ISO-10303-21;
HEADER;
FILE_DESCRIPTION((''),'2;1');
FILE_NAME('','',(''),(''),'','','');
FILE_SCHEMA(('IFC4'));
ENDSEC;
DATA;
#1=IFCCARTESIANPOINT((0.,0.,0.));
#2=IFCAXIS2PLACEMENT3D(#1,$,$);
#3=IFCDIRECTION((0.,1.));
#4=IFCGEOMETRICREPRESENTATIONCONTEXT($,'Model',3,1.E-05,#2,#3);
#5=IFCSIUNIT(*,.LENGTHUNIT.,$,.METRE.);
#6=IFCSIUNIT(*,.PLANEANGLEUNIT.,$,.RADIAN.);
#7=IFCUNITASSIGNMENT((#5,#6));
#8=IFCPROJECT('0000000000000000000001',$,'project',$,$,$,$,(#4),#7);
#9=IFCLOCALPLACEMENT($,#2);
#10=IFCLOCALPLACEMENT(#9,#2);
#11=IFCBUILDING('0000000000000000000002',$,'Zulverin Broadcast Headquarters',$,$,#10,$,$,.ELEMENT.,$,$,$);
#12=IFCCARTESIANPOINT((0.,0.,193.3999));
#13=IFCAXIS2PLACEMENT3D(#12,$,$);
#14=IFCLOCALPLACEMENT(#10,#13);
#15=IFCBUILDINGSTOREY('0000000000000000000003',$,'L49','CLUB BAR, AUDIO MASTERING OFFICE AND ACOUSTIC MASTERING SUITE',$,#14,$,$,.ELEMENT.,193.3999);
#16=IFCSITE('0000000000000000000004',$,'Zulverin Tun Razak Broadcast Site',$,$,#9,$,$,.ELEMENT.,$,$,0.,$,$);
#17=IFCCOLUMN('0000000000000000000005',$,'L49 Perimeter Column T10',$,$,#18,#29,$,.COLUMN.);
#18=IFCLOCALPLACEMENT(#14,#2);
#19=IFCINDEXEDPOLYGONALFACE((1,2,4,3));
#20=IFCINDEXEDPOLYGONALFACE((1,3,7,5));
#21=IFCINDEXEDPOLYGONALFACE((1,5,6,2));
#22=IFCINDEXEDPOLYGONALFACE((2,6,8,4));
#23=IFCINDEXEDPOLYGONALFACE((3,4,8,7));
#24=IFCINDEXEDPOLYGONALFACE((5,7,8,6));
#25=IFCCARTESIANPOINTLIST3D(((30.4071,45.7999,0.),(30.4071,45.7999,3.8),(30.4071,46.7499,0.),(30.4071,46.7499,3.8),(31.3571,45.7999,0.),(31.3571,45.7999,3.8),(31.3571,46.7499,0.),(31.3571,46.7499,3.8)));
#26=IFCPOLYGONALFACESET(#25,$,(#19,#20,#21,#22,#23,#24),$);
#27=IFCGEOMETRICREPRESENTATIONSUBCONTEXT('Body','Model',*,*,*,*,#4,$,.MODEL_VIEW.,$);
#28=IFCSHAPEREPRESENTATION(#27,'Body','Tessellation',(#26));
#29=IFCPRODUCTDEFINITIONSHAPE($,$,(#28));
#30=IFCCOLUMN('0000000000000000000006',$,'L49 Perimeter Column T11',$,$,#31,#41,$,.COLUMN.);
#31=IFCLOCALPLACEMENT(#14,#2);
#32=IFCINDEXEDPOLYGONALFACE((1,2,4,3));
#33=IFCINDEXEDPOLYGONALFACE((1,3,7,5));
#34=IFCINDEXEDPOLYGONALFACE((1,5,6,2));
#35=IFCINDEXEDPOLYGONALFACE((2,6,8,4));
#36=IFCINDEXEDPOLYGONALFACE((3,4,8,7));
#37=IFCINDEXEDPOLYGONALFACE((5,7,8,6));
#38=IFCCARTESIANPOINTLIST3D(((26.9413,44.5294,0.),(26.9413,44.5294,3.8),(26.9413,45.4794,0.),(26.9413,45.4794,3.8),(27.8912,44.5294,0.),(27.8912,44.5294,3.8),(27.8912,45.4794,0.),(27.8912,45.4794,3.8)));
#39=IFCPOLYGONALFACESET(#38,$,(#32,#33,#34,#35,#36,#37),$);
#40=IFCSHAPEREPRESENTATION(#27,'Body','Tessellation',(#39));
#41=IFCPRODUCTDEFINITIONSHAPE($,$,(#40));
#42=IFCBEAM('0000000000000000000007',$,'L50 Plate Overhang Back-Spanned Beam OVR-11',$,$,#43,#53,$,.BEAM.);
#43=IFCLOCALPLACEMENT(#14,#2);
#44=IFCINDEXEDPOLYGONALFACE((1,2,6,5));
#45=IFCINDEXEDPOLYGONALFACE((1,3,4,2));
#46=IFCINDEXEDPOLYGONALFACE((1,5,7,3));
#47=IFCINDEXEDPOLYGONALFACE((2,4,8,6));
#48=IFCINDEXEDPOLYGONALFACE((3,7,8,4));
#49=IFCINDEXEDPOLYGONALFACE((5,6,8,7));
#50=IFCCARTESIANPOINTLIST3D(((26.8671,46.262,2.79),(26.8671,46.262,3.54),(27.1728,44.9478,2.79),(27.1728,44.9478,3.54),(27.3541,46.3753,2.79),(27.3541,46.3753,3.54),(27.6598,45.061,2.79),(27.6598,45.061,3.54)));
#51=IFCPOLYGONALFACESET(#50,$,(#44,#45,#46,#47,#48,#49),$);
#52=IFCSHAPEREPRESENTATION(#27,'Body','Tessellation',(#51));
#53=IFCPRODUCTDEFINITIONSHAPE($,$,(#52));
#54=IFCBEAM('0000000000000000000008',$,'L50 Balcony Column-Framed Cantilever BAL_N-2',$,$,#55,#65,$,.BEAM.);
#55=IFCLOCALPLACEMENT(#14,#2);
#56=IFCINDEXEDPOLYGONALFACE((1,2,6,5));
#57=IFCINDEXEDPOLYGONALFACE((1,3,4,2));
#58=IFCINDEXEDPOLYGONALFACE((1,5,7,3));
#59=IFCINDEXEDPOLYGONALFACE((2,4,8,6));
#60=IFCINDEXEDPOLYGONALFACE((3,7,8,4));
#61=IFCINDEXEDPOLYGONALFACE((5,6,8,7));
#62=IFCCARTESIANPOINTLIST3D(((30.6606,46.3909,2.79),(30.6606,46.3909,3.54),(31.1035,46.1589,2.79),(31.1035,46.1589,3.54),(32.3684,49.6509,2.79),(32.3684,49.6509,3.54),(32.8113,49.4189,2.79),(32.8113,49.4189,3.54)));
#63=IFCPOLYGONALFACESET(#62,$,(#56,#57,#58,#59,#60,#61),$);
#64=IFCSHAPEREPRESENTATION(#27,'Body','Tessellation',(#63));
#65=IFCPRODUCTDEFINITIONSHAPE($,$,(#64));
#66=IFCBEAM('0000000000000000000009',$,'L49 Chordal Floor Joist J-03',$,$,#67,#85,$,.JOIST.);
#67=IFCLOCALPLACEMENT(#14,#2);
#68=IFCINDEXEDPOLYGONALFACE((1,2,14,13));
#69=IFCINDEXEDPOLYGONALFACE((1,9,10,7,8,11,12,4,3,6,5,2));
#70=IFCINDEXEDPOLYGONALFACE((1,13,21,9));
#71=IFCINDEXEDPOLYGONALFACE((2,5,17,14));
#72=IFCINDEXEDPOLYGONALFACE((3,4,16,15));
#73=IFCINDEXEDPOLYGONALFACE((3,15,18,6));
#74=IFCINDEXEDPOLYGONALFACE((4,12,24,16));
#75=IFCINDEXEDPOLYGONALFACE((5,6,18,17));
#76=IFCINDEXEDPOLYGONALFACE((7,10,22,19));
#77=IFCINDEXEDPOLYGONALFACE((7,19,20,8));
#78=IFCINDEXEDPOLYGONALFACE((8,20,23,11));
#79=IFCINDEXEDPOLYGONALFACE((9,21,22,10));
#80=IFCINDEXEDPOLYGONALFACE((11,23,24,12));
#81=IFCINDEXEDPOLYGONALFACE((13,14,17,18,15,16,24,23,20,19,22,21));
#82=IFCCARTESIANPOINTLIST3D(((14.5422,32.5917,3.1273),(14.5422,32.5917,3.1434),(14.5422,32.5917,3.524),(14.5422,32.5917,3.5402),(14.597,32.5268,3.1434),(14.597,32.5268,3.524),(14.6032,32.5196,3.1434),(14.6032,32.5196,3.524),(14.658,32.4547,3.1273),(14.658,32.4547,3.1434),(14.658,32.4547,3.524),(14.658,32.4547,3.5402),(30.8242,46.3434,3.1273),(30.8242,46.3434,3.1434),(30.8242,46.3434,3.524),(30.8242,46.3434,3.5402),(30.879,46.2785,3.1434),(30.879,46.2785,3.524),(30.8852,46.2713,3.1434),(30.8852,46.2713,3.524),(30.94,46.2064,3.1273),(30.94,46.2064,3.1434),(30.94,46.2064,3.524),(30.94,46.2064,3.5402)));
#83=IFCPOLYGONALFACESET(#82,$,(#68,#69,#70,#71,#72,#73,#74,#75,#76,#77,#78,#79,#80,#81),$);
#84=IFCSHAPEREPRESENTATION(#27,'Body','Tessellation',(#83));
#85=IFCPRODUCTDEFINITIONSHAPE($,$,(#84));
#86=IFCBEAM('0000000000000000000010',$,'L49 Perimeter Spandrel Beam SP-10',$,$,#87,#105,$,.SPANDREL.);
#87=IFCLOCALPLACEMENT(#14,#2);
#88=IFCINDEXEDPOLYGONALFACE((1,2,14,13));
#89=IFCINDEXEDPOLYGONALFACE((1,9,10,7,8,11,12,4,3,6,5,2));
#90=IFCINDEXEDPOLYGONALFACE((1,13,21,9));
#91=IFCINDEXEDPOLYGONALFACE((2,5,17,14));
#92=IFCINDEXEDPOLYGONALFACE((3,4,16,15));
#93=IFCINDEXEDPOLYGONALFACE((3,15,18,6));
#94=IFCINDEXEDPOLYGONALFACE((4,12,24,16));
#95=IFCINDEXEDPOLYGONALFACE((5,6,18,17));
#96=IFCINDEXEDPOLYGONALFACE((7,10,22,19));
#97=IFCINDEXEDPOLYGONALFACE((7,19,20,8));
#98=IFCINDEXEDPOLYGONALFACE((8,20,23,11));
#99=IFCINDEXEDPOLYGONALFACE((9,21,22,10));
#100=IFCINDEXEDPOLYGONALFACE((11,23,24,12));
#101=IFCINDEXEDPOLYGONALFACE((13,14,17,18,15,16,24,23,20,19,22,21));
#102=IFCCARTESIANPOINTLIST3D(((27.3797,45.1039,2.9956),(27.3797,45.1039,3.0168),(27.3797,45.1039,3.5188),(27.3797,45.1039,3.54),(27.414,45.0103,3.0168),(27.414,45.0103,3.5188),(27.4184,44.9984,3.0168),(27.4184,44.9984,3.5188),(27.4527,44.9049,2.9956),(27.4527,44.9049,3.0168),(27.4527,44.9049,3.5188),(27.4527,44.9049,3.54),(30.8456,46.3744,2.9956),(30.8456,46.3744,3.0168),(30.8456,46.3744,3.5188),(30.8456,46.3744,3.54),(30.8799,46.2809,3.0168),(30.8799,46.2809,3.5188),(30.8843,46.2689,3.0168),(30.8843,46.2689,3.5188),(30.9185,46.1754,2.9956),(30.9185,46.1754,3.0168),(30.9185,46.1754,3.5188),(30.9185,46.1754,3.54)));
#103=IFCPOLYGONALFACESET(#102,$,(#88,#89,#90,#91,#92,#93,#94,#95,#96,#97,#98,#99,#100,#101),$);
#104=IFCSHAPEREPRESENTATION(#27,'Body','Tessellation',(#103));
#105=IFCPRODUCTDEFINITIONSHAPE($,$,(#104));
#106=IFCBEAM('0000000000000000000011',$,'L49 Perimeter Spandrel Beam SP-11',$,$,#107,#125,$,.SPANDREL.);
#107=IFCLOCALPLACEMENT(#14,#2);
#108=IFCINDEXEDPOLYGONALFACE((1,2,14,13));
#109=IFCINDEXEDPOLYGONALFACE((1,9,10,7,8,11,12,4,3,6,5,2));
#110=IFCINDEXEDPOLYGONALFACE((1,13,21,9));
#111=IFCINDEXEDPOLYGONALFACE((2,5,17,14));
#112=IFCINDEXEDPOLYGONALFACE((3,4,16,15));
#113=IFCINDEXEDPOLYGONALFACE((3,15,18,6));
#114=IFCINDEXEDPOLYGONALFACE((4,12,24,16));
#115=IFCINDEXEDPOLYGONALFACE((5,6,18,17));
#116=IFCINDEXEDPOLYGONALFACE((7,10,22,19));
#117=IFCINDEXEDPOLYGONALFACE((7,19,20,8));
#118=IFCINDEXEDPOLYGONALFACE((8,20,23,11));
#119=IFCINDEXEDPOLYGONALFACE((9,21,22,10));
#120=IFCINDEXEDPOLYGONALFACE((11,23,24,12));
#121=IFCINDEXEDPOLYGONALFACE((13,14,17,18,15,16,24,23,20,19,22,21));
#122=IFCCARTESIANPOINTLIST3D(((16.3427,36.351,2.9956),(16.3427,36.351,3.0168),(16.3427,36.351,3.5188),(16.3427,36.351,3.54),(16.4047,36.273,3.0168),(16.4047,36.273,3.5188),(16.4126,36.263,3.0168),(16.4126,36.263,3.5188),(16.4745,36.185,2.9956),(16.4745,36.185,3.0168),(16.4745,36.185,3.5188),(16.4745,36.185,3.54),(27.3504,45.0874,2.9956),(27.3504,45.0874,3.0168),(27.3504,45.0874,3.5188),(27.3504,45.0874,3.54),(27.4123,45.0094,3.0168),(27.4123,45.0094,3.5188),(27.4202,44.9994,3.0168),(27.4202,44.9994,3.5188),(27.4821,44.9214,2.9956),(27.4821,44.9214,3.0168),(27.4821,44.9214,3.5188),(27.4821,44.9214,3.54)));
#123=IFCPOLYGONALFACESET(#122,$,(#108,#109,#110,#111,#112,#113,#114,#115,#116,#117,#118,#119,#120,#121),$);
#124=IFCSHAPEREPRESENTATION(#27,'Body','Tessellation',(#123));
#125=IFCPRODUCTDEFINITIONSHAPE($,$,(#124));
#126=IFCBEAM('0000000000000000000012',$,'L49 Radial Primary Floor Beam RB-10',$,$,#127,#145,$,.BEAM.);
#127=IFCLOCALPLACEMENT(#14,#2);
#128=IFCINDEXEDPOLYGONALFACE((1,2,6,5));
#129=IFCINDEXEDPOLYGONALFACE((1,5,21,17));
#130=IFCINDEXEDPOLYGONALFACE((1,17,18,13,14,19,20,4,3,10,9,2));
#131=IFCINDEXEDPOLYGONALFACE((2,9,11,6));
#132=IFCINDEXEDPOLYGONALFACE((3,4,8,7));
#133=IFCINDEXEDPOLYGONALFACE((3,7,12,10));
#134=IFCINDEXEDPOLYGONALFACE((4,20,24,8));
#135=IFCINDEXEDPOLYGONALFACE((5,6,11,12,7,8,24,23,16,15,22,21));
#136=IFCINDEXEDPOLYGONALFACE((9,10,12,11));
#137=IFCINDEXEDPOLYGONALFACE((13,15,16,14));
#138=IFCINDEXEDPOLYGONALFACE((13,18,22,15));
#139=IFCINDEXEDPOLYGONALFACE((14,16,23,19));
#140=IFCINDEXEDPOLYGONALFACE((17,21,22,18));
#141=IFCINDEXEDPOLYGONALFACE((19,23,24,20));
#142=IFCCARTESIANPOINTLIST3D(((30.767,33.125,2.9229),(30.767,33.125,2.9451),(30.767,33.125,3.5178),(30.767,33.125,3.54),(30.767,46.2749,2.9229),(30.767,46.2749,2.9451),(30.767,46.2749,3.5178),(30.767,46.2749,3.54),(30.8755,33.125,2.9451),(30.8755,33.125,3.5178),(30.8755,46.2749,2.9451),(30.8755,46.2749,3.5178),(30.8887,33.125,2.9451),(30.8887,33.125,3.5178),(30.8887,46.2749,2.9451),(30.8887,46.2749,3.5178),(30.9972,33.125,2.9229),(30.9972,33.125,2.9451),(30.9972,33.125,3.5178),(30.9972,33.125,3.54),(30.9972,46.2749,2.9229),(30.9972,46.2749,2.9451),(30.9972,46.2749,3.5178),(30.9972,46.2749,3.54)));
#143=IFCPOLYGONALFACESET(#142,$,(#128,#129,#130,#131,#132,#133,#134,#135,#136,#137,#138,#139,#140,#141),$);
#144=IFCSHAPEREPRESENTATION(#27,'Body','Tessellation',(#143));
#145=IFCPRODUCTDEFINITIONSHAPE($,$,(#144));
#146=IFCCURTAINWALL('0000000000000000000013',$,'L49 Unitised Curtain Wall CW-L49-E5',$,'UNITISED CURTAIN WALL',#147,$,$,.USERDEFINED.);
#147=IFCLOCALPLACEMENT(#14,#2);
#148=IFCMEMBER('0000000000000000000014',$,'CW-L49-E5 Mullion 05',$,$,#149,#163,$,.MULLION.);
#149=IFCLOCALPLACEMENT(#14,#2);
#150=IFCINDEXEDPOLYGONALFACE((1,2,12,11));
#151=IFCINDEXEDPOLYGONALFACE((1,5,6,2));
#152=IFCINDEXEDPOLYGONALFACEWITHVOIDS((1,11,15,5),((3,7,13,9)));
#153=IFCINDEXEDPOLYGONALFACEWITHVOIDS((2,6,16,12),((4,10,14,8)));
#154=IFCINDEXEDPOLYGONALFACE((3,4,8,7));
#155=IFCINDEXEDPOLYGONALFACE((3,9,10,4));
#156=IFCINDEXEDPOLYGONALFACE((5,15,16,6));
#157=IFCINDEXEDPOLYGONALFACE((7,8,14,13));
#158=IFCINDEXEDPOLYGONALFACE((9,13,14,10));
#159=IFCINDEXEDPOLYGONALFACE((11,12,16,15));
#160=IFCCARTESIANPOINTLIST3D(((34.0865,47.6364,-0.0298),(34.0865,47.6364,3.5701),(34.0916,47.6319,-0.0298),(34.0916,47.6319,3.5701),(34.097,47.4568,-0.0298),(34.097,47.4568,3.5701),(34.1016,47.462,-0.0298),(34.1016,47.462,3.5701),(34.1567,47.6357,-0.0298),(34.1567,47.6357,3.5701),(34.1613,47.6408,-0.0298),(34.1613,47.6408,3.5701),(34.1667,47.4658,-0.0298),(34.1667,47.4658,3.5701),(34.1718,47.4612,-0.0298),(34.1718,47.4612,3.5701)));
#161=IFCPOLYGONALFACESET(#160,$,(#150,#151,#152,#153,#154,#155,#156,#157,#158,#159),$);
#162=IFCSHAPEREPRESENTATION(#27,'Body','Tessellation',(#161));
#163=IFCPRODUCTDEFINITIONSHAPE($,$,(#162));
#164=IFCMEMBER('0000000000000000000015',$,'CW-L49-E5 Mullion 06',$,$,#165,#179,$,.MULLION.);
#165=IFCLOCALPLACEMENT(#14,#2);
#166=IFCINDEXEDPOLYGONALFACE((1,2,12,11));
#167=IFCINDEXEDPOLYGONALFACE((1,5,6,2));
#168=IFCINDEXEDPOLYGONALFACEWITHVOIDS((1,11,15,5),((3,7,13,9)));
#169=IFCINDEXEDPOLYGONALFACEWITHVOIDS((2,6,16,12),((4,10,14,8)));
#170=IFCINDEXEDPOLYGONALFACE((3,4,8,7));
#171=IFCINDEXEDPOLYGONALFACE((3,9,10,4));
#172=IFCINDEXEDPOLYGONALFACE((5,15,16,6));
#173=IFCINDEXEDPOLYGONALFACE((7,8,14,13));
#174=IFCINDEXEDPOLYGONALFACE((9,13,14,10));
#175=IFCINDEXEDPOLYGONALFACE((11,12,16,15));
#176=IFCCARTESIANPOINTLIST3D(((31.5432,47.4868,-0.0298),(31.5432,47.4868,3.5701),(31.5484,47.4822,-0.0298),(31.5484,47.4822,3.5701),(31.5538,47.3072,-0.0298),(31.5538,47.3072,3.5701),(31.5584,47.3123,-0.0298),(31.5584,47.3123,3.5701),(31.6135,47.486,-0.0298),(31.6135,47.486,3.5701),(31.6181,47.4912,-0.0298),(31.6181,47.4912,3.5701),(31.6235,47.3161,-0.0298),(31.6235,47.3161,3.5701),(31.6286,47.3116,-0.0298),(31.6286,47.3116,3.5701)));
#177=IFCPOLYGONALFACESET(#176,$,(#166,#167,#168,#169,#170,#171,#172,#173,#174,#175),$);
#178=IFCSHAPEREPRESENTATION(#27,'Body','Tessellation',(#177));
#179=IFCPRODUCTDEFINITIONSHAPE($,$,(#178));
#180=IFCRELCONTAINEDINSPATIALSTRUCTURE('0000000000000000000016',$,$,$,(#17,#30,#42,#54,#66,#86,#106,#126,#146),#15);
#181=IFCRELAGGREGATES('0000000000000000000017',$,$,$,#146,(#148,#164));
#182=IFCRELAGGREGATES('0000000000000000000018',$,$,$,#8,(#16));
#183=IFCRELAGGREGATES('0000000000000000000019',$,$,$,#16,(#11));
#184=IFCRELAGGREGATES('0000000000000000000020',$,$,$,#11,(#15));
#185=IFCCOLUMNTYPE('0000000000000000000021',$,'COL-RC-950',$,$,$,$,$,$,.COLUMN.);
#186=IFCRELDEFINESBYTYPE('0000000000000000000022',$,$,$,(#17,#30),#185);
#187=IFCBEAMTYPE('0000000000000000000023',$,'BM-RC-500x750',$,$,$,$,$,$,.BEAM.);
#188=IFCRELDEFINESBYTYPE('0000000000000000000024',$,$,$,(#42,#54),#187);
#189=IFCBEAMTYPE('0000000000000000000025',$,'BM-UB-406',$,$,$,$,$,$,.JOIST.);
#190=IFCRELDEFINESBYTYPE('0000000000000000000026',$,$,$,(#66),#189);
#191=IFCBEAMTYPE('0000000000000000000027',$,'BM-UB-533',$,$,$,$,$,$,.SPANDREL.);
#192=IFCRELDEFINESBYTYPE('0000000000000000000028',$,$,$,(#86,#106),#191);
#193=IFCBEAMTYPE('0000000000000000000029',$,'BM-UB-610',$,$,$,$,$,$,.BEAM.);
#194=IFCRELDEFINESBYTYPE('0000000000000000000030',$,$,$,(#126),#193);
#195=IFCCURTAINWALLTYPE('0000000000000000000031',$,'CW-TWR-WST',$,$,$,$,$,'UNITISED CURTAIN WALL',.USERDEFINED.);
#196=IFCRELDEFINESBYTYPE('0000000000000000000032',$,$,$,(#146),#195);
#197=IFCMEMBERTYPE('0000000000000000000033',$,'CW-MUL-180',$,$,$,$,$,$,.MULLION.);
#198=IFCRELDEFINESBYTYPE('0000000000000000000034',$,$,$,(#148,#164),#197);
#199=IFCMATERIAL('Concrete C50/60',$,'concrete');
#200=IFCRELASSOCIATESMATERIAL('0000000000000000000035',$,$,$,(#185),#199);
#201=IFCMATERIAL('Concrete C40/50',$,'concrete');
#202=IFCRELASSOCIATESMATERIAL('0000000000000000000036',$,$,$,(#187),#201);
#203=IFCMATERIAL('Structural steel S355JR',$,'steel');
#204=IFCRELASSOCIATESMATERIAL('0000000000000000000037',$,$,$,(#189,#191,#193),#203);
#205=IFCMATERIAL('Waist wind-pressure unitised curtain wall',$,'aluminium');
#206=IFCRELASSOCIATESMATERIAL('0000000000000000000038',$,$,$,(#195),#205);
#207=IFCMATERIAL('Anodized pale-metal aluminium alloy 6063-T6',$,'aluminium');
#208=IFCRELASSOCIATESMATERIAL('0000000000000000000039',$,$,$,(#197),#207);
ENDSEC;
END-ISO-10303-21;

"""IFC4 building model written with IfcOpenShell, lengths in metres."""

from ifc_helpers import new_model, si_unit, direction, frame, origin, origin_2d, place, context, subcontext, project, spatial, rectangle, hollow_rectangle, i_section, extrude, material, material_profile, profile_set, type_object, element, aggregate, save


model = new_model("IFC4")

# Units and contexts
model_context = context("Model", 3, precision=1e-05, world=origin(), true_north=direction((0.0, 1.0)))
body_context = subcontext(model_context, "Body", "Model", "MODEL_VIEW")
ifc_project = project(units=[si_unit("LENGTHUNIT", "METRE"), si_unit("PLANEANGLEUNIT", "RADIAN")], contexts=[model_context])

# Site, building, storey
site_placement = place(None, origin())
site = spatial("IfcSite", under=ifc_project, at=site_placement, Name="Zulverin Tun Razak Broadcast Site", CompositionType="ELEMENT", RefElevation=0.0)
building_placement = place(site_placement, origin())
building = spatial("IfcBuilding", under=site, at=building_placement, Name="Zulverin Broadcast Headquarters", CompositionType="ELEMENT")
storey_placement = place(building_placement, frame((0.0, 0.0, 193.3999)))
storey = spatial("IfcBuildingStorey", under=building, at=storey_placement, Name="L49", Description="CLUB BAR, AUDIO MASTERING OFFICE AND ACOUSTIC MASTERING SUITE", CompositionType="ELEMENT", Elevation=193.3999)

# Columns
ifc_material_1 = material(Name="Concrete C50/60", Category="concrete")
ifc_material_profile_1 = material_profile(ifc_material_1, rectangle(XDim=0.95, YDim=0.95, at=origin_2d()), Name="Concrete C50/60", Category="concrete")
ifc_profile_set_1 = profile_set([ifc_material_profile_1], Name="Concrete C50/60")
column_type = type_object("IfcColumnType", Name="COL-RC-950", PredefinedType="COLUMN", material=ifc_profile_set_1)
for number, where, z_axis, x_axis, name in (
    (1, (30.8821, 46.2749, 0.0), (0.0, 0.0, 1.0), (1.0, 0.0, 0.0), "L49 Perimeter Column T10"),
    (2, (27.4163, 45.0044, 0.0), (0.0, 0.0, 1.0), (1.0, 0.0, 0.0), "L49 Perimeter Column T11"),
):
    element("IfcColumn", number, at=place(storey_placement, frame(where, z_axis=z_axis, x_axis=x_axis)), inside=storey, type_object=column_type, Name=name, PredefinedType="COLUMN", context=body_context, shape_type="SweptSolid", body=[
        extrude(rectangle(XDim=0.95, YDim=0.95, at=origin_2d()), origin(), (0.0, 0.0, 1.0), 3.8),
    ])

# Beams
ifc_material_2 = material(Name="Concrete C40/50", Category="concrete")
ifc_material_profile_2 = material_profile(ifc_material_2, rectangle(XDim=0.5, YDim=0.75, at=origin_2d()), Name="Concrete C40/50", Category="concrete")
ifc_profile_set_2 = profile_set([ifc_material_profile_2], Name="Concrete C40/50")
beam_type_1 = type_object("IfcBeamType", Name="BM-RC-500x750", PredefinedType="BEAM", material=ifc_profile_set_2)
beam_1_placement = place(storey_placement, frame((27.4163, 45.0044, 3.165), z_axis=(-0.226537, 0.974002, 0.0), x_axis=(-0.974002, -0.226537, 0.0)))
element("IfcBeam", 3, at=beam_1_placement, inside=storey, type_object=beam_type_1, Name="L50 Plate Overhang Back-Spanned Beam OVR-11", PredefinedType="BEAM", context=body_context, shape_type="SweptSolid", body=[
    extrude(rectangle(XDim=0.5, YDim=0.75, at=origin_2d()), origin(), (0.0, 0.0, 1.0), 1.3494),
])
beam_2_placement = place(storey_placement, frame((30.8821, 46.2749, 3.165), z_axis=(0.464037, 0.885816, 0.0), x_axis=(-0.885816, 0.464037, 0.0)))
element("IfcBeam", 4, at=beam_2_placement, inside=storey, type_object=beam_type_1, Name="L50 Balcony Column-Framed Cantilever BAL_N-2", PredefinedType="BEAM", context=body_context, shape_type="SweptSolid", body=[
    extrude(rectangle(XDim=0.5, YDim=0.75, at=origin_2d()), origin(), (0.0, 0.0, 1.0), 3.6802),
])
ifc_material_3 = material(Name="Structural steel S355JR", Category="steel")
ifc_material_profile_3 = material_profile(ifc_material_3, i_section(OverallWidth=0.1794, OverallDepth=0.4128, WebThickness=0.0095, FlangeThickness=0.0161, at=origin_2d()), Name="Structural steel S355JR", Category="steel")
ifc_profile_set_3 = profile_set([ifc_material_profile_3], Name="Structural steel S355JR")
beam_type_2 = type_object("IfcBeamType", Name="BM-UB-406", PredefinedType="JOIST", material=ifc_profile_set_3)
beam_3_placement = place(storey_placement, frame((30.8821, 46.2749, 3.3337), z_axis=(-0.763973, -0.645249, 0.0), x_axis=(0.645249, -0.763973, 0.0)))
element("IfcBeam", 5, at=beam_3_placement, inside=storey, type_object=beam_type_2, Name="L49 Chordal Floor Joist J-03", PredefinedType="JOIST", context=body_context, shape_type="SweptSolid", body=[
    extrude(i_section(OverallWidth=0.1794, OverallDepth=0.4128, WebThickness=0.0095, FlangeThickness=0.0161, at=origin_2d()), origin(), (0.0, 0.0, 1.0), 21.3123),
])
ifc_material_profile_4 = material_profile(ifc_material_3, i_section(OverallWidth=0.2119, OverallDepth=0.5444, WebThickness=0.0127, FlangeThickness=0.0212, at=origin_2d()), Name="Structural steel S355JR", Category="steel")
ifc_profile_set_4 = profile_set([ifc_material_profile_4], Name="Structural steel S355JR")
beam_type_3 = type_object("IfcBeamType", Name="BM-UB-533", PredefinedType="SPANDREL", material=ifc_profile_set_4)
beam_4_placement = place(storey_placement, frame((30.8821, 46.2749, 3.2678), z_axis=(-0.938902, -0.344185, 0.0), x_axis=(0.344185, -0.938902, 0.0)))
element("IfcBeam", 6, at=beam_4_placement, inside=storey, type_object=beam_type_3, Name="L49 Perimeter Spandrel Beam SP-10", PredefinedType="SPANDREL", context=body_context, shape_type="SweptSolid", body=[
    extrude(i_section(OverallWidth=0.2119, OverallDepth=0.5444, WebThickness=0.0127, FlangeThickness=0.0212, at=origin_2d()), origin(), (0.0, 0.0, 1.0), 3.6914),
])
beam_5_placement = place(storey_placement, frame((27.4163, 45.0044, 3.2678), z_axis=(-0.783283, -0.621665, 0.0), x_axis=(0.621665, -0.783283, 0.0)))
element("IfcBeam", 7, at=beam_5_placement, inside=storey, type_object=beam_type_3, Name="L49 Perimeter Spandrel Beam SP-11", PredefinedType="SPANDREL", context=body_context, shape_type="SweptSolid", body=[
    extrude(i_section(OverallWidth=0.2119, OverallDepth=0.5444, WebThickness=0.0127, FlangeThickness=0.0212, at=origin_2d()), origin(), (0.0, 0.0, 1.0), 14.0532),
])
ifc_material_profile_5 = material_profile(ifc_material_3, i_section(OverallWidth=0.2302, OverallDepth=0.6172, WebThickness=0.0132, FlangeThickness=0.0222, at=origin_2d()), Name="Structural steel S355JR", Category="steel")
ifc_profile_set_5 = profile_set([ifc_material_profile_5], Name="Structural steel S355JR")
beam_type_4 = type_object("IfcBeamType", Name="BM-UB-610", PredefinedType="BEAM", material=ifc_profile_set_5)
beam_6_placement = place(storey_placement, frame((30.8821, 33.125, 3.2314), z_axis=(0.0, 1.0, 0.0), x_axis=(-1.0, 0.0, 0.0)))
element("IfcBeam", 8, at=beam_6_placement, inside=storey, type_object=beam_type_4, Name="L49 Radial Primary Floor Beam RB-10", PredefinedType="BEAM", context=body_context, shape_type="SweptSolid", body=[
    extrude(i_section(OverallWidth=0.2302, OverallDepth=0.6172, WebThickness=0.0132, FlangeThickness=0.0222, at=origin_2d()), origin(), (0.0, 0.0, 1.0), 13.1499),
])

# Curtain wall, members
ifc_material_4 = material(Name="Waist wind-pressure unitised curtain wall", Category="aluminium")
curtain_wall_type = type_object("IfcCurtainWallType", Name="CW-TWR-WST", ElementType="UNITISED CURTAIN WALL", PredefinedType="USERDEFINED", material=ifc_material_4)
curtain_wall_placement = place(storey_placement, origin())
curtain_wall = element("IfcCurtainWall", 9, at=curtain_wall_placement, inside=storey, type_object=curtain_wall_type, Name="L49 Unitised Curtain Wall CW-L49-E5", ObjectType="UNITISED CURTAIN WALL", PredefinedType="USERDEFINED")
ifc_material_5 = material(Name="Anodized pale-metal aluminium alloy 6063-T6", Category="aluminium")
ifc_material_profile_6 = material_profile(ifc_material_5, hollow_rectangle(XDim=0.075, YDim=0.1799, WallThickness=0.0049, at=origin_2d()), Name="Anodized pale-metal aluminium alloy 6063-T6", Category="aluminium")
ifc_profile_set_6 = profile_set([ifc_material_profile_6], Name="Anodized pale-metal aluminium alloy 6063-T6")
member_type = type_object("IfcMemberType", Name="CW-MUL-180", PredefinedType="MULLION", material=ifc_profile_set_6)
member_1_placement = place(storey_placement, frame((34.1292, 47.5488, -0.0298), z_axis=(0.0, 0.0, 1.0), x_axis=(-0.998274, -0.058723, 0.0)))
member_1 = element("IfcMember", 10, at=member_1_placement, type_object=member_type, Name="CW-L49-E5 Mullion 05", PredefinedType="MULLION", context=body_context, shape_type="SweptSolid", body=[
    extrude(hollow_rectangle(XDim=0.075, YDim=0.1799, WallThickness=0.0049, at=origin_2d()), origin(), (0.0, 0.0, 1.0), 3.5999),
])
member_2_placement = place(storey_placement, frame((31.5859, 47.3992, -0.0298), z_axis=(0.0, 0.0, 1.0), x_axis=(-0.998274, -0.058723, 0.0)))
member_2 = element("IfcMember", 11, at=member_2_placement, type_object=member_type, Name="CW-L49-E5 Mullion 06", PredefinedType="MULLION", context=body_context, shape_type="SweptSolid", body=[
    extrude(hollow_rectangle(XDim=0.075, YDim=0.1799, WallThickness=0.0049, at=origin_2d()), origin(), (0.0, 0.0, 1.0), 3.5999),
])
aggregate(curtain_wall, [member_1, member_2])

save(model, "model.ifc")
